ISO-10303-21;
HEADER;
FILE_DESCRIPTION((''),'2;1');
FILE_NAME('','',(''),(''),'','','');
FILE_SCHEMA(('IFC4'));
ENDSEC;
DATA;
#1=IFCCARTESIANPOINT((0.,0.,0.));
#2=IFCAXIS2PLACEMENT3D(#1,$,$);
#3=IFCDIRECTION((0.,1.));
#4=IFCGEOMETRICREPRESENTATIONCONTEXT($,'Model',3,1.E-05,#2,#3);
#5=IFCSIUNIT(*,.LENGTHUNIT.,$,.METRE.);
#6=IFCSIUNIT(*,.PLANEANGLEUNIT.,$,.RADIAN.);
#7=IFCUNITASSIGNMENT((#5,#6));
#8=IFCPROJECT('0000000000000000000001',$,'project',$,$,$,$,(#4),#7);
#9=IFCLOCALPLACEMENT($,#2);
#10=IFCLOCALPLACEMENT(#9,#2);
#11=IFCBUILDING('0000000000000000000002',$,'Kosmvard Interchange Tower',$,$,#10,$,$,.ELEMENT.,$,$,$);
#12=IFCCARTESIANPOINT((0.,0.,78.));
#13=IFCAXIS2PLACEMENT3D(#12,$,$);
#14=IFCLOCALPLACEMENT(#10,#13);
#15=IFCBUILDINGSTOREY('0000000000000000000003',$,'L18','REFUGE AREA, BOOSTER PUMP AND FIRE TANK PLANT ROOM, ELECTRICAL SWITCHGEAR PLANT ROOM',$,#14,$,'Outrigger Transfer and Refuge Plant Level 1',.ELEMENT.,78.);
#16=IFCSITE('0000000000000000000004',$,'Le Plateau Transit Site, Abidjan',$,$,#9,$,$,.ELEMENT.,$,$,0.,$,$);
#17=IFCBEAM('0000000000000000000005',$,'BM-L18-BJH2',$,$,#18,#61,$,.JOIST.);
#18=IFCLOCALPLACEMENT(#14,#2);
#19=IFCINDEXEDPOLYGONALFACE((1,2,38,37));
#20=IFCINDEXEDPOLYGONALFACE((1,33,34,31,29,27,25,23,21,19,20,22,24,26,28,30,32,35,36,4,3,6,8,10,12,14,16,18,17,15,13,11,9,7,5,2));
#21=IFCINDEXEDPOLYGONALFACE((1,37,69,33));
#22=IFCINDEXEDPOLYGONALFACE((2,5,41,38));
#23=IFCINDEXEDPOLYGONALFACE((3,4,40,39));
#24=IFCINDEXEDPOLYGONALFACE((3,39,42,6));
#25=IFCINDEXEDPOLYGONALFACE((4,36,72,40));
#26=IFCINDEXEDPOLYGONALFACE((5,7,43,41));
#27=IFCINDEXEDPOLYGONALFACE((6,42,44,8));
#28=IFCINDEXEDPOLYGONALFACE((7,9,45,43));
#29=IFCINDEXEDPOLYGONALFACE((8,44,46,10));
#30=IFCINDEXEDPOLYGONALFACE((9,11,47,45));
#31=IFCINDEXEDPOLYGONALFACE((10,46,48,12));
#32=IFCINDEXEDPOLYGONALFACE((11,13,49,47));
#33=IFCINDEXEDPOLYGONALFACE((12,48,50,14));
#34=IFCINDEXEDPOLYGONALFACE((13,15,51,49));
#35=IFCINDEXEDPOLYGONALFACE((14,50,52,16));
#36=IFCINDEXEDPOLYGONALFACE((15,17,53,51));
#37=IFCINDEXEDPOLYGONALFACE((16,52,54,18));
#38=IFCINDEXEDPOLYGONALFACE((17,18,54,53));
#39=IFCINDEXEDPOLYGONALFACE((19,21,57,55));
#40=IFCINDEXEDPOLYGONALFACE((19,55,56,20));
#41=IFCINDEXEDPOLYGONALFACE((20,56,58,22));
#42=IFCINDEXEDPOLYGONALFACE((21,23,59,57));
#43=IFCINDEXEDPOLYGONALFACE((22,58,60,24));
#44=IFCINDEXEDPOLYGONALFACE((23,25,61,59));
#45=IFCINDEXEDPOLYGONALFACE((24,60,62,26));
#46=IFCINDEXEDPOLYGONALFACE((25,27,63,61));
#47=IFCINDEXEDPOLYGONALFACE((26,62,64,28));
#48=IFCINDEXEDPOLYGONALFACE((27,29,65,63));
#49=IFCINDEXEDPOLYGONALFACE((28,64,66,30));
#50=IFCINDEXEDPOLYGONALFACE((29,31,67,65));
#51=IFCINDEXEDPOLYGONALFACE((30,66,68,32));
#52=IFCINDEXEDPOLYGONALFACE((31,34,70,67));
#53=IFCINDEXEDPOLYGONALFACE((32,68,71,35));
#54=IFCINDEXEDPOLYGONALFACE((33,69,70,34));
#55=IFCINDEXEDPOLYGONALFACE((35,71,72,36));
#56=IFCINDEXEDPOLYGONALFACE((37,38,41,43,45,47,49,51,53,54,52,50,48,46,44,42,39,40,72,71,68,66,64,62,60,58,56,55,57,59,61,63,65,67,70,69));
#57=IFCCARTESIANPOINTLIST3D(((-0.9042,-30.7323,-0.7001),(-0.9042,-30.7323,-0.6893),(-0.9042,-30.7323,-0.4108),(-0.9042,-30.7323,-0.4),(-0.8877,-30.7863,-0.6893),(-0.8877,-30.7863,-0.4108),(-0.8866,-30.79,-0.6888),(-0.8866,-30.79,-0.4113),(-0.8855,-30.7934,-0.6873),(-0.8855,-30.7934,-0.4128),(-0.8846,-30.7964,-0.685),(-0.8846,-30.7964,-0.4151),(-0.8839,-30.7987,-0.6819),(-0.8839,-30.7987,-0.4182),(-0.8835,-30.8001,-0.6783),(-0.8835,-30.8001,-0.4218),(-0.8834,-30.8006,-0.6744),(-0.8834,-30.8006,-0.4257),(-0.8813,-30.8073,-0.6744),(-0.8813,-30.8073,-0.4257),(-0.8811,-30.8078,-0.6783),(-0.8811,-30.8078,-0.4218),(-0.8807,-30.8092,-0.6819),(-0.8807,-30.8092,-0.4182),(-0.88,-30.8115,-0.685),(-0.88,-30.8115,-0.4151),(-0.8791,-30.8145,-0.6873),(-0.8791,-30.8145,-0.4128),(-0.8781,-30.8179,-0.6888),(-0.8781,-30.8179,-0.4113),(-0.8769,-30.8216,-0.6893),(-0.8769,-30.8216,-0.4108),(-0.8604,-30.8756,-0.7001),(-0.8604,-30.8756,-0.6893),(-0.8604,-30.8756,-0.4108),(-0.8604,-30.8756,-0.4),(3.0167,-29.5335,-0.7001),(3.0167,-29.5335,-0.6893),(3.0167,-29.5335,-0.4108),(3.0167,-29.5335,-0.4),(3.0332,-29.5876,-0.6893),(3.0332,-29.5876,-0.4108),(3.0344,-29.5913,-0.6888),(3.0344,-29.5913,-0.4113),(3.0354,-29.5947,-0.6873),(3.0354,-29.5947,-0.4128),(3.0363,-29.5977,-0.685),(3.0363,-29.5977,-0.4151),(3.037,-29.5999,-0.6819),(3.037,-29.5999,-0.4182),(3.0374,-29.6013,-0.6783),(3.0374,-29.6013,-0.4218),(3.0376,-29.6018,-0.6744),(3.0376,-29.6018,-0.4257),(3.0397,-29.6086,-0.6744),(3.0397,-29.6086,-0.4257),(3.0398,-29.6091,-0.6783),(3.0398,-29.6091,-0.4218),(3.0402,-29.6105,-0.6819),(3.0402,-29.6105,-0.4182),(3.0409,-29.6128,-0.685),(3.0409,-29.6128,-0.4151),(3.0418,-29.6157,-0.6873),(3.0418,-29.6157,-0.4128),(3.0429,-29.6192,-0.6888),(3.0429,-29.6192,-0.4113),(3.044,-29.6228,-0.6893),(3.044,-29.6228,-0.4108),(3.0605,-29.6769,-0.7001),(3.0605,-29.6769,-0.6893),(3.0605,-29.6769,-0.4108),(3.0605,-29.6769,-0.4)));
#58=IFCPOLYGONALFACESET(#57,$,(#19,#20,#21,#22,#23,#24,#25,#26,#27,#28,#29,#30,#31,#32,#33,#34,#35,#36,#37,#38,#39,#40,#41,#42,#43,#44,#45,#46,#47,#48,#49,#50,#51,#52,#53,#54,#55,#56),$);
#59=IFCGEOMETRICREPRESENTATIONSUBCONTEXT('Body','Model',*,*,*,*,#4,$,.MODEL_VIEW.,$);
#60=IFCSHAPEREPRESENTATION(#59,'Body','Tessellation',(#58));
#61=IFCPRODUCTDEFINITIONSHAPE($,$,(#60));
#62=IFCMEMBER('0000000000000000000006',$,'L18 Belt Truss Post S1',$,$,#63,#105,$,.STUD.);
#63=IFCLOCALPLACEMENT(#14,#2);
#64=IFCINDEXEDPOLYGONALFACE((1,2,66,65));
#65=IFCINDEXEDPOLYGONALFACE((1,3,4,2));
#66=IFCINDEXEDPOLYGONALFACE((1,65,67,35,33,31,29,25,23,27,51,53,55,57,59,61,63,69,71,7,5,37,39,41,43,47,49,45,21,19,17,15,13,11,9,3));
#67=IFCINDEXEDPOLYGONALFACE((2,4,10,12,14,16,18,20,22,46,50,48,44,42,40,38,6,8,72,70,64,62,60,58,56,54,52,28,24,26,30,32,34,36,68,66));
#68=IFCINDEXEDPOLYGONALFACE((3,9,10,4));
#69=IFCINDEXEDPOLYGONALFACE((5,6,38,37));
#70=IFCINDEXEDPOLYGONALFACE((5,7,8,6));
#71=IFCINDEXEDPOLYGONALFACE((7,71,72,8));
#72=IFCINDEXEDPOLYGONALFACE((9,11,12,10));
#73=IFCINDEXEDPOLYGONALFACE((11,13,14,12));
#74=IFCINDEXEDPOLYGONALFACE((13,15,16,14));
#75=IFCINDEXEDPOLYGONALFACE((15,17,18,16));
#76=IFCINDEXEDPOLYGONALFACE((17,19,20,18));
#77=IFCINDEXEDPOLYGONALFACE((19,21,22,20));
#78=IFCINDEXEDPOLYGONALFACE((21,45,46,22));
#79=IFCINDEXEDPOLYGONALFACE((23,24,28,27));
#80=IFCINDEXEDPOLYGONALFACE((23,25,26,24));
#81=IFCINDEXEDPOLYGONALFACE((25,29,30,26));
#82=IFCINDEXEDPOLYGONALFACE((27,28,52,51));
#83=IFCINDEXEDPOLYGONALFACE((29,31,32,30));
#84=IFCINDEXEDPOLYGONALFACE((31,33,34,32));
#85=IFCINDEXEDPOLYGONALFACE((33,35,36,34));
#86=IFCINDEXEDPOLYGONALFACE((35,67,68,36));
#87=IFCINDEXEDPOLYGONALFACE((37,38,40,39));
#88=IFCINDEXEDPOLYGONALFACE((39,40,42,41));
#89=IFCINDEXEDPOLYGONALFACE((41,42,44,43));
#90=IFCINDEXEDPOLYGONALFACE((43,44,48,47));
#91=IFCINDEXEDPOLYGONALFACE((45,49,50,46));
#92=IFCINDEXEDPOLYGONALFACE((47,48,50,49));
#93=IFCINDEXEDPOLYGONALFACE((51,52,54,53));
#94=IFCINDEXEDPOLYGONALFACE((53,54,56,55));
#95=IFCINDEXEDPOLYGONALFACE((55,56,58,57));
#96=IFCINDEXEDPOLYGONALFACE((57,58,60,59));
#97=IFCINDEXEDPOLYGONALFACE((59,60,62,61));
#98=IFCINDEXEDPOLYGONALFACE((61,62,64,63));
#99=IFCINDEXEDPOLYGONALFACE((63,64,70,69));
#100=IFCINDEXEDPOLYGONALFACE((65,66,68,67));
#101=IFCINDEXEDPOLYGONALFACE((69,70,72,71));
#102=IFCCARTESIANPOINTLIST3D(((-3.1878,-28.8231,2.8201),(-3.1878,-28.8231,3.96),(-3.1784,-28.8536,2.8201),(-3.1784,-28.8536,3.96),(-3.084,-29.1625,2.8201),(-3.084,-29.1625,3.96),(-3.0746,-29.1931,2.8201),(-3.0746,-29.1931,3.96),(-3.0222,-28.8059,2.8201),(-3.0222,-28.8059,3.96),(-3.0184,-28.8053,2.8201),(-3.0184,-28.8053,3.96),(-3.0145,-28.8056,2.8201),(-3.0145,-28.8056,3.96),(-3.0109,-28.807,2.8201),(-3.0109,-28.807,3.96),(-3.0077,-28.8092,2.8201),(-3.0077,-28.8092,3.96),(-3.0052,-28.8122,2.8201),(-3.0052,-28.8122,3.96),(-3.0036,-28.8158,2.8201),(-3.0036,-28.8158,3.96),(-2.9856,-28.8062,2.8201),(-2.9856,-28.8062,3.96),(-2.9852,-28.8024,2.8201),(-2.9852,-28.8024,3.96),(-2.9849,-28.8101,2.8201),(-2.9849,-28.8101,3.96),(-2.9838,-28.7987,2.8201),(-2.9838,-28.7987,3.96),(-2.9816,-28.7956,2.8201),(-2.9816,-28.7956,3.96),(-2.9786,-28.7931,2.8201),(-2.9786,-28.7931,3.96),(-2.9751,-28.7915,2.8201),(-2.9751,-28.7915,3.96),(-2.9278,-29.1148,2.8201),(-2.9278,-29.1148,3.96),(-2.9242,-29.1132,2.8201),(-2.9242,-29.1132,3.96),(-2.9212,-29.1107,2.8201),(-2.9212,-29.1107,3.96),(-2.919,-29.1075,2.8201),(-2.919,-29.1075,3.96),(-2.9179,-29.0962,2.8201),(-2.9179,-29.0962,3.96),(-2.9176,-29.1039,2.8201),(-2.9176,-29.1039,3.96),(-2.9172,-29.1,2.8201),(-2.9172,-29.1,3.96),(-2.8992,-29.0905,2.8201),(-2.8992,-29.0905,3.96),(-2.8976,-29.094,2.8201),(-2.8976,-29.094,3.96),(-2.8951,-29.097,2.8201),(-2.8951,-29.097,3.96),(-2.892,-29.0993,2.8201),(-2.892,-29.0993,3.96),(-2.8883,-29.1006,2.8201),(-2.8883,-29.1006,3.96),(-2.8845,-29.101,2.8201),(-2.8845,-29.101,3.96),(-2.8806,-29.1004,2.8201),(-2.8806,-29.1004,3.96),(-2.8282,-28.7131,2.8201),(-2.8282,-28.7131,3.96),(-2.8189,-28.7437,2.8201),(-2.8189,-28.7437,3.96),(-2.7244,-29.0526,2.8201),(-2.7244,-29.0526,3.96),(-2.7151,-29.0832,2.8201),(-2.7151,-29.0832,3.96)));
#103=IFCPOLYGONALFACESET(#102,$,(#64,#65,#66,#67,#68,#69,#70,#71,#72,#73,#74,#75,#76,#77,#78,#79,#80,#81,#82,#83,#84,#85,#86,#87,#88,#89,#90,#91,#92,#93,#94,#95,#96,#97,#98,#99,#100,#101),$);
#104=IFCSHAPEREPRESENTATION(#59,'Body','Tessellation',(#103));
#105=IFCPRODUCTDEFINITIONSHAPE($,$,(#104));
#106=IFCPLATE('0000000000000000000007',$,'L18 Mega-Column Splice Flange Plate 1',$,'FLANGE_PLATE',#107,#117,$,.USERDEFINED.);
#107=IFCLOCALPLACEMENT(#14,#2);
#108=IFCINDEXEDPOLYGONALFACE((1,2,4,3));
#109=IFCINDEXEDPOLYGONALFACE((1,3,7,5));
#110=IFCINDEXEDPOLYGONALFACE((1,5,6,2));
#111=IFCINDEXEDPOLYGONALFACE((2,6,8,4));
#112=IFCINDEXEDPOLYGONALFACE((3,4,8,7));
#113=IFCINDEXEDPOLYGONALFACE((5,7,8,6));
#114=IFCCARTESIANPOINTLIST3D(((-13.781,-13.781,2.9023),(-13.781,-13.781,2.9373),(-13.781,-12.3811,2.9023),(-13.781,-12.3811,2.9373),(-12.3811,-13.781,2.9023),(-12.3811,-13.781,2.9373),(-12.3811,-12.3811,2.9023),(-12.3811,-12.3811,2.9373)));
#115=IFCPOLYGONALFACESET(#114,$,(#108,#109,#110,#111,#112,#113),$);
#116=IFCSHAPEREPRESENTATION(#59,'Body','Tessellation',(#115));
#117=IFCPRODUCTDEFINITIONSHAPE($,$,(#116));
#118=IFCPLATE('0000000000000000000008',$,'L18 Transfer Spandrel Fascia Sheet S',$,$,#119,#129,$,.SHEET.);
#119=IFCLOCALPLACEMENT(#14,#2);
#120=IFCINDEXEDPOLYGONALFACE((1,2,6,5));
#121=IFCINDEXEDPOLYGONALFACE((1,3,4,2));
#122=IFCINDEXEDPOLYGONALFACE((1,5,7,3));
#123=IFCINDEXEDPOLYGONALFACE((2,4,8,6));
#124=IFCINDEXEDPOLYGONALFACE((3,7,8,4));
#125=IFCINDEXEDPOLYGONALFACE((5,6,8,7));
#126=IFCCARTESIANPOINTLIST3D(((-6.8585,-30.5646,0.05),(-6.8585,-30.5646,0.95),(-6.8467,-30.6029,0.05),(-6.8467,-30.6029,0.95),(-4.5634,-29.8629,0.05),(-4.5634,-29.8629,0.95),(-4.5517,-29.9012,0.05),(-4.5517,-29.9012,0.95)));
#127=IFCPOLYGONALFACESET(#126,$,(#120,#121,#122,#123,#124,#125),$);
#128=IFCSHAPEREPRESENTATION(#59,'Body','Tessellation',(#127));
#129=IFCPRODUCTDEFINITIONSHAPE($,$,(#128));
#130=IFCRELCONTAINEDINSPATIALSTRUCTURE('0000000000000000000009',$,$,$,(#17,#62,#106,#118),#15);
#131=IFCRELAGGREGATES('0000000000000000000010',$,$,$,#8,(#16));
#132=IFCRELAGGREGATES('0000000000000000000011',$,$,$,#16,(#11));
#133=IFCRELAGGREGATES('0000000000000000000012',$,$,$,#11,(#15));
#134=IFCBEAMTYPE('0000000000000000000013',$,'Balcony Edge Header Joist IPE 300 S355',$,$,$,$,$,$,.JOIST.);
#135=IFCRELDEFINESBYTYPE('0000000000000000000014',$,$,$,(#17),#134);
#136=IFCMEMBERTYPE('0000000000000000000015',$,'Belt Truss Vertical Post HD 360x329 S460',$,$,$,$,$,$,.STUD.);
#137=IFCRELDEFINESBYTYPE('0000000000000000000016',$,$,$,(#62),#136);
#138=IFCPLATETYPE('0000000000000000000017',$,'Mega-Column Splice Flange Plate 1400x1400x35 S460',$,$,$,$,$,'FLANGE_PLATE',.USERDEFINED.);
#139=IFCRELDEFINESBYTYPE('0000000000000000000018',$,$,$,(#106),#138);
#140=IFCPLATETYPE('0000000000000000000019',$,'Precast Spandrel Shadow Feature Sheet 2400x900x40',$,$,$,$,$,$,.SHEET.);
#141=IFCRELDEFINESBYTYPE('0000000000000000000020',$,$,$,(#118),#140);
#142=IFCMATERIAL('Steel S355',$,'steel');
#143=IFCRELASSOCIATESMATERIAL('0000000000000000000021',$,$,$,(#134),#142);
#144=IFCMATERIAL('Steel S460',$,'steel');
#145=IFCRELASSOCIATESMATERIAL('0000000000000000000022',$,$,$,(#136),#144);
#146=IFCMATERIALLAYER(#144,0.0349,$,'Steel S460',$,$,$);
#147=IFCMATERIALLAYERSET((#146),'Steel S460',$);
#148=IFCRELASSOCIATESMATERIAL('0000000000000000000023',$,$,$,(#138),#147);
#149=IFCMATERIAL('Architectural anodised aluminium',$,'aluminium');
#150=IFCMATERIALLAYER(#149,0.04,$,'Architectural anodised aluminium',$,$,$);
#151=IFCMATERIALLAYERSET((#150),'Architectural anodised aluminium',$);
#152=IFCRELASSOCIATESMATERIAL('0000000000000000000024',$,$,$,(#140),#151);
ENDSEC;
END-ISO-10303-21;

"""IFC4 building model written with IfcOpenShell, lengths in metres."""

from ifc_helpers import new_model, si_unit, direction, frame, origin, origin_2d, place, context, subcontext, project, spatial, rectangle, i_section, extrude, source, transform, mapped, material, layer, layer_set, material_profile, profile_set, type_object, element, save


model = new_model("IFC4")

# Units and contexts
model_context = context("Model", 3, precision=1e-05, world=origin(), true_north=direction((0.0, 1.0)))
body_context = subcontext(model_context, "Body", "Model", "MODEL_VIEW")
ifc_project = project(units=[si_unit("LENGTHUNIT", "METRE"), si_unit("PLANEANGLEUNIT", "RADIAN")], contexts=[model_context])

# Site, building, storey
site_placement = place(None, origin())
site = spatial("IfcSite", under=ifc_project, at=site_placement, Name="Le Plateau Transit Site, Abidjan", CompositionType="ELEMENT", RefElevation=0.0)
building_placement = place(site_placement, origin())
building = spatial("IfcBuilding", under=site, at=building_placement, Name="Kosmvard Interchange Tower", CompositionType="ELEMENT")
storey_placement = place(building_placement, frame((0.0, 0.0, 78.0)))
storey = spatial("IfcBuildingStorey", under=building, at=storey_placement, Name="L18", Description="REFUGE AREA, BOOSTER PUMP AND FIRE TANK PLANT ROOM, ELECTRICAL SWITCHGEAR PLANT ROOM", LongName="Outrigger Transfer and Refuge Plant Level 1", CompositionType="ELEMENT", Elevation=78.0)

# Beam
ifc_material_1 = material(Name="Steel S355", Category="steel")
ifc_material_profile_1 = material_profile(ifc_material_1, i_section(OverallWidth=0.1499, OverallDepth=0.3, WebThickness=0.0071, FlangeThickness=0.0107, FilletRadius=0.0149, at=origin_2d()), Name="IPE 300")
ifc_profile_set_1 = profile_set([ifc_material_profile_1], Name="Steel S355")
beam_type_1 = type_object("IfcBeamType", Name="Balcony Edge Header Joist IPE 300 S355", PredefinedType="JOIST", material=ifc_profile_set_1)
shared_shape_1 = source(origin(), body_context, "Body", "SweptSolid", [
    extrude(i_section(OverallWidth=0.1499, OverallDepth=0.3, WebThickness=0.0071, FlangeThickness=0.0107, FilletRadius=0.0149, at=origin_2d()), origin(), (0.0, 0.0, 1.0), 4.1001),
])
beam_1_placement = place(storey_placement, frame((-0.8823, -30.804, -0.55), z_axis=(0.956305, 0.29237, 0.0), x_axis=(-0.29237, 0.956305, 0.0)))
element("IfcBeam", 1, at=beam_1_placement, inside=storey, type_object=beam_type_1, Name="BM-L18-BJH2", PredefinedType="JOIST", context=body_context, shape_type="MappedRepresentation", body=[
    mapped(shared_shape_1, transform((0.0, 0.0, 0.0), scale=1.0)),
])

# Member
ifc_material_2 = material(Name="Steel S460", Category="steel")
ifc_material_profile_2 = material_profile(ifc_material_2, i_section(OverallWidth=0.376, OverallDepth=0.387, WebThickness=0.0195, FlangeThickness=0.032, FilletRadius=0.0149, at=origin_2d()), Name="HD 360x329")
ifc_profile_set_2 = profile_set([ifc_material_profile_2], Name="Steel S460")
member_type = type_object("IfcMemberType", Name="Belt Truss Vertical Post HD 360x329 S460", PredefinedType="STUD", material=ifc_profile_set_2)
shared_shape_2 = source(origin(), body_context, "Body", "SweptSolid", [
    extrude(i_section(OverallWidth=0.376, OverallDepth=0.387, WebThickness=0.0195, FlangeThickness=0.032, FilletRadius=0.0149, at=origin_2d()), origin(), (0.0, 0.0, 1.0), 1.1399),
])
member_placement = place(storey_placement, frame((-2.9514, -28.9531, 2.8201), z_axis=(0.0, 0.0, 1.0), x_axis=(0.956305, 0.292372, 0.0)))
element("IfcMember", 2, at=member_placement, inside=storey, type_object=member_type, Name="L18 Belt Truss Post S1", PredefinedType="STUD", context=body_context, shape_type="MappedRepresentation", body=[
    mapped(shared_shape_2, transform((0.0, 0.0, 0.0), scale=1.0)),
])

# Plates
ifc_layer_1 = layer(ifc_material_2, 0.0349, Name="Steel S460")
ifc_layer_set_1 = layer_set([ifc_layer_1], Name="Steel S460")
plate_type_1 = type_object("IfcPlateType", Name="Mega-Column Splice Flange Plate 1400x1400x35 S460", ElementType="FLANGE_PLATE", PredefinedType="USERDEFINED", material=ifc_layer_set_1)
shared_shape_3 = source(origin(), body_context, "Body", "SweptSolid", [
    extrude(rectangle(XDim=1.3999, YDim=1.3999, at=origin_2d()), origin(), (0.0, 0.0, 1.0), 0.0349),
])
plate_1_placement = place(storey_placement, frame((-13.0811, -13.0811, 2.9023), z_axis=(0.0, 0.0, 1.0), x_axis=(1.0, 0.0, 0.0)))
element("IfcPlate", 3, at=plate_1_placement, inside=storey, type_object=plate_type_1, Name="L18 Mega-Column Splice Flange Plate 1", ObjectType="FLANGE_PLATE", PredefinedType="USERDEFINED", context=body_context, shape_type="MappedRepresentation", body=[
    mapped(shared_shape_3, transform((0.0, 0.0, 0.0), scale=1.0)),
])
ifc_material_3 = material(Name="Architectural anodised aluminium", Category="aluminium")
ifc_layer_2 = layer(ifc_material_3, 0.04, Name="Architectural anodised aluminium")
ifc_layer_set_2 = layer_set([ifc_layer_2], Name="Architectural anodised aluminium")
plate_type_2 = type_object("IfcPlateType", Name="Precast Spandrel Shadow Feature Sheet 2400x900x40", PredefinedType="SHEET", material=ifc_layer_set_2)
shared_shape_4 = source(origin(), body_context, "Body", "SweptSolid", [
    extrude(rectangle(XDim=0.04, YDim=2.3999, at=origin_2d()), origin(), (0.0, 0.0, 1.0), 0.8999),
])
plate_2_placement = place(storey_placement, frame((-5.7051, -30.2329, 0.05), z_axis=(0.0, 0.0, 1.0), x_axis=(0.292372, -0.956305, 0.0)))
element("IfcPlate", 4, at=plate_2_placement, inside=storey, type_object=plate_type_2, Name="L18 Transfer Spandrel Fascia Sheet S", PredefinedType="SHEET", context=body_context, shape_type="MappedRepresentation", body=[
    mapped(shared_shape_4, transform((0.0, 0.0, 0.0), scale=1.0)),
])

save(model, "model.ifc")
